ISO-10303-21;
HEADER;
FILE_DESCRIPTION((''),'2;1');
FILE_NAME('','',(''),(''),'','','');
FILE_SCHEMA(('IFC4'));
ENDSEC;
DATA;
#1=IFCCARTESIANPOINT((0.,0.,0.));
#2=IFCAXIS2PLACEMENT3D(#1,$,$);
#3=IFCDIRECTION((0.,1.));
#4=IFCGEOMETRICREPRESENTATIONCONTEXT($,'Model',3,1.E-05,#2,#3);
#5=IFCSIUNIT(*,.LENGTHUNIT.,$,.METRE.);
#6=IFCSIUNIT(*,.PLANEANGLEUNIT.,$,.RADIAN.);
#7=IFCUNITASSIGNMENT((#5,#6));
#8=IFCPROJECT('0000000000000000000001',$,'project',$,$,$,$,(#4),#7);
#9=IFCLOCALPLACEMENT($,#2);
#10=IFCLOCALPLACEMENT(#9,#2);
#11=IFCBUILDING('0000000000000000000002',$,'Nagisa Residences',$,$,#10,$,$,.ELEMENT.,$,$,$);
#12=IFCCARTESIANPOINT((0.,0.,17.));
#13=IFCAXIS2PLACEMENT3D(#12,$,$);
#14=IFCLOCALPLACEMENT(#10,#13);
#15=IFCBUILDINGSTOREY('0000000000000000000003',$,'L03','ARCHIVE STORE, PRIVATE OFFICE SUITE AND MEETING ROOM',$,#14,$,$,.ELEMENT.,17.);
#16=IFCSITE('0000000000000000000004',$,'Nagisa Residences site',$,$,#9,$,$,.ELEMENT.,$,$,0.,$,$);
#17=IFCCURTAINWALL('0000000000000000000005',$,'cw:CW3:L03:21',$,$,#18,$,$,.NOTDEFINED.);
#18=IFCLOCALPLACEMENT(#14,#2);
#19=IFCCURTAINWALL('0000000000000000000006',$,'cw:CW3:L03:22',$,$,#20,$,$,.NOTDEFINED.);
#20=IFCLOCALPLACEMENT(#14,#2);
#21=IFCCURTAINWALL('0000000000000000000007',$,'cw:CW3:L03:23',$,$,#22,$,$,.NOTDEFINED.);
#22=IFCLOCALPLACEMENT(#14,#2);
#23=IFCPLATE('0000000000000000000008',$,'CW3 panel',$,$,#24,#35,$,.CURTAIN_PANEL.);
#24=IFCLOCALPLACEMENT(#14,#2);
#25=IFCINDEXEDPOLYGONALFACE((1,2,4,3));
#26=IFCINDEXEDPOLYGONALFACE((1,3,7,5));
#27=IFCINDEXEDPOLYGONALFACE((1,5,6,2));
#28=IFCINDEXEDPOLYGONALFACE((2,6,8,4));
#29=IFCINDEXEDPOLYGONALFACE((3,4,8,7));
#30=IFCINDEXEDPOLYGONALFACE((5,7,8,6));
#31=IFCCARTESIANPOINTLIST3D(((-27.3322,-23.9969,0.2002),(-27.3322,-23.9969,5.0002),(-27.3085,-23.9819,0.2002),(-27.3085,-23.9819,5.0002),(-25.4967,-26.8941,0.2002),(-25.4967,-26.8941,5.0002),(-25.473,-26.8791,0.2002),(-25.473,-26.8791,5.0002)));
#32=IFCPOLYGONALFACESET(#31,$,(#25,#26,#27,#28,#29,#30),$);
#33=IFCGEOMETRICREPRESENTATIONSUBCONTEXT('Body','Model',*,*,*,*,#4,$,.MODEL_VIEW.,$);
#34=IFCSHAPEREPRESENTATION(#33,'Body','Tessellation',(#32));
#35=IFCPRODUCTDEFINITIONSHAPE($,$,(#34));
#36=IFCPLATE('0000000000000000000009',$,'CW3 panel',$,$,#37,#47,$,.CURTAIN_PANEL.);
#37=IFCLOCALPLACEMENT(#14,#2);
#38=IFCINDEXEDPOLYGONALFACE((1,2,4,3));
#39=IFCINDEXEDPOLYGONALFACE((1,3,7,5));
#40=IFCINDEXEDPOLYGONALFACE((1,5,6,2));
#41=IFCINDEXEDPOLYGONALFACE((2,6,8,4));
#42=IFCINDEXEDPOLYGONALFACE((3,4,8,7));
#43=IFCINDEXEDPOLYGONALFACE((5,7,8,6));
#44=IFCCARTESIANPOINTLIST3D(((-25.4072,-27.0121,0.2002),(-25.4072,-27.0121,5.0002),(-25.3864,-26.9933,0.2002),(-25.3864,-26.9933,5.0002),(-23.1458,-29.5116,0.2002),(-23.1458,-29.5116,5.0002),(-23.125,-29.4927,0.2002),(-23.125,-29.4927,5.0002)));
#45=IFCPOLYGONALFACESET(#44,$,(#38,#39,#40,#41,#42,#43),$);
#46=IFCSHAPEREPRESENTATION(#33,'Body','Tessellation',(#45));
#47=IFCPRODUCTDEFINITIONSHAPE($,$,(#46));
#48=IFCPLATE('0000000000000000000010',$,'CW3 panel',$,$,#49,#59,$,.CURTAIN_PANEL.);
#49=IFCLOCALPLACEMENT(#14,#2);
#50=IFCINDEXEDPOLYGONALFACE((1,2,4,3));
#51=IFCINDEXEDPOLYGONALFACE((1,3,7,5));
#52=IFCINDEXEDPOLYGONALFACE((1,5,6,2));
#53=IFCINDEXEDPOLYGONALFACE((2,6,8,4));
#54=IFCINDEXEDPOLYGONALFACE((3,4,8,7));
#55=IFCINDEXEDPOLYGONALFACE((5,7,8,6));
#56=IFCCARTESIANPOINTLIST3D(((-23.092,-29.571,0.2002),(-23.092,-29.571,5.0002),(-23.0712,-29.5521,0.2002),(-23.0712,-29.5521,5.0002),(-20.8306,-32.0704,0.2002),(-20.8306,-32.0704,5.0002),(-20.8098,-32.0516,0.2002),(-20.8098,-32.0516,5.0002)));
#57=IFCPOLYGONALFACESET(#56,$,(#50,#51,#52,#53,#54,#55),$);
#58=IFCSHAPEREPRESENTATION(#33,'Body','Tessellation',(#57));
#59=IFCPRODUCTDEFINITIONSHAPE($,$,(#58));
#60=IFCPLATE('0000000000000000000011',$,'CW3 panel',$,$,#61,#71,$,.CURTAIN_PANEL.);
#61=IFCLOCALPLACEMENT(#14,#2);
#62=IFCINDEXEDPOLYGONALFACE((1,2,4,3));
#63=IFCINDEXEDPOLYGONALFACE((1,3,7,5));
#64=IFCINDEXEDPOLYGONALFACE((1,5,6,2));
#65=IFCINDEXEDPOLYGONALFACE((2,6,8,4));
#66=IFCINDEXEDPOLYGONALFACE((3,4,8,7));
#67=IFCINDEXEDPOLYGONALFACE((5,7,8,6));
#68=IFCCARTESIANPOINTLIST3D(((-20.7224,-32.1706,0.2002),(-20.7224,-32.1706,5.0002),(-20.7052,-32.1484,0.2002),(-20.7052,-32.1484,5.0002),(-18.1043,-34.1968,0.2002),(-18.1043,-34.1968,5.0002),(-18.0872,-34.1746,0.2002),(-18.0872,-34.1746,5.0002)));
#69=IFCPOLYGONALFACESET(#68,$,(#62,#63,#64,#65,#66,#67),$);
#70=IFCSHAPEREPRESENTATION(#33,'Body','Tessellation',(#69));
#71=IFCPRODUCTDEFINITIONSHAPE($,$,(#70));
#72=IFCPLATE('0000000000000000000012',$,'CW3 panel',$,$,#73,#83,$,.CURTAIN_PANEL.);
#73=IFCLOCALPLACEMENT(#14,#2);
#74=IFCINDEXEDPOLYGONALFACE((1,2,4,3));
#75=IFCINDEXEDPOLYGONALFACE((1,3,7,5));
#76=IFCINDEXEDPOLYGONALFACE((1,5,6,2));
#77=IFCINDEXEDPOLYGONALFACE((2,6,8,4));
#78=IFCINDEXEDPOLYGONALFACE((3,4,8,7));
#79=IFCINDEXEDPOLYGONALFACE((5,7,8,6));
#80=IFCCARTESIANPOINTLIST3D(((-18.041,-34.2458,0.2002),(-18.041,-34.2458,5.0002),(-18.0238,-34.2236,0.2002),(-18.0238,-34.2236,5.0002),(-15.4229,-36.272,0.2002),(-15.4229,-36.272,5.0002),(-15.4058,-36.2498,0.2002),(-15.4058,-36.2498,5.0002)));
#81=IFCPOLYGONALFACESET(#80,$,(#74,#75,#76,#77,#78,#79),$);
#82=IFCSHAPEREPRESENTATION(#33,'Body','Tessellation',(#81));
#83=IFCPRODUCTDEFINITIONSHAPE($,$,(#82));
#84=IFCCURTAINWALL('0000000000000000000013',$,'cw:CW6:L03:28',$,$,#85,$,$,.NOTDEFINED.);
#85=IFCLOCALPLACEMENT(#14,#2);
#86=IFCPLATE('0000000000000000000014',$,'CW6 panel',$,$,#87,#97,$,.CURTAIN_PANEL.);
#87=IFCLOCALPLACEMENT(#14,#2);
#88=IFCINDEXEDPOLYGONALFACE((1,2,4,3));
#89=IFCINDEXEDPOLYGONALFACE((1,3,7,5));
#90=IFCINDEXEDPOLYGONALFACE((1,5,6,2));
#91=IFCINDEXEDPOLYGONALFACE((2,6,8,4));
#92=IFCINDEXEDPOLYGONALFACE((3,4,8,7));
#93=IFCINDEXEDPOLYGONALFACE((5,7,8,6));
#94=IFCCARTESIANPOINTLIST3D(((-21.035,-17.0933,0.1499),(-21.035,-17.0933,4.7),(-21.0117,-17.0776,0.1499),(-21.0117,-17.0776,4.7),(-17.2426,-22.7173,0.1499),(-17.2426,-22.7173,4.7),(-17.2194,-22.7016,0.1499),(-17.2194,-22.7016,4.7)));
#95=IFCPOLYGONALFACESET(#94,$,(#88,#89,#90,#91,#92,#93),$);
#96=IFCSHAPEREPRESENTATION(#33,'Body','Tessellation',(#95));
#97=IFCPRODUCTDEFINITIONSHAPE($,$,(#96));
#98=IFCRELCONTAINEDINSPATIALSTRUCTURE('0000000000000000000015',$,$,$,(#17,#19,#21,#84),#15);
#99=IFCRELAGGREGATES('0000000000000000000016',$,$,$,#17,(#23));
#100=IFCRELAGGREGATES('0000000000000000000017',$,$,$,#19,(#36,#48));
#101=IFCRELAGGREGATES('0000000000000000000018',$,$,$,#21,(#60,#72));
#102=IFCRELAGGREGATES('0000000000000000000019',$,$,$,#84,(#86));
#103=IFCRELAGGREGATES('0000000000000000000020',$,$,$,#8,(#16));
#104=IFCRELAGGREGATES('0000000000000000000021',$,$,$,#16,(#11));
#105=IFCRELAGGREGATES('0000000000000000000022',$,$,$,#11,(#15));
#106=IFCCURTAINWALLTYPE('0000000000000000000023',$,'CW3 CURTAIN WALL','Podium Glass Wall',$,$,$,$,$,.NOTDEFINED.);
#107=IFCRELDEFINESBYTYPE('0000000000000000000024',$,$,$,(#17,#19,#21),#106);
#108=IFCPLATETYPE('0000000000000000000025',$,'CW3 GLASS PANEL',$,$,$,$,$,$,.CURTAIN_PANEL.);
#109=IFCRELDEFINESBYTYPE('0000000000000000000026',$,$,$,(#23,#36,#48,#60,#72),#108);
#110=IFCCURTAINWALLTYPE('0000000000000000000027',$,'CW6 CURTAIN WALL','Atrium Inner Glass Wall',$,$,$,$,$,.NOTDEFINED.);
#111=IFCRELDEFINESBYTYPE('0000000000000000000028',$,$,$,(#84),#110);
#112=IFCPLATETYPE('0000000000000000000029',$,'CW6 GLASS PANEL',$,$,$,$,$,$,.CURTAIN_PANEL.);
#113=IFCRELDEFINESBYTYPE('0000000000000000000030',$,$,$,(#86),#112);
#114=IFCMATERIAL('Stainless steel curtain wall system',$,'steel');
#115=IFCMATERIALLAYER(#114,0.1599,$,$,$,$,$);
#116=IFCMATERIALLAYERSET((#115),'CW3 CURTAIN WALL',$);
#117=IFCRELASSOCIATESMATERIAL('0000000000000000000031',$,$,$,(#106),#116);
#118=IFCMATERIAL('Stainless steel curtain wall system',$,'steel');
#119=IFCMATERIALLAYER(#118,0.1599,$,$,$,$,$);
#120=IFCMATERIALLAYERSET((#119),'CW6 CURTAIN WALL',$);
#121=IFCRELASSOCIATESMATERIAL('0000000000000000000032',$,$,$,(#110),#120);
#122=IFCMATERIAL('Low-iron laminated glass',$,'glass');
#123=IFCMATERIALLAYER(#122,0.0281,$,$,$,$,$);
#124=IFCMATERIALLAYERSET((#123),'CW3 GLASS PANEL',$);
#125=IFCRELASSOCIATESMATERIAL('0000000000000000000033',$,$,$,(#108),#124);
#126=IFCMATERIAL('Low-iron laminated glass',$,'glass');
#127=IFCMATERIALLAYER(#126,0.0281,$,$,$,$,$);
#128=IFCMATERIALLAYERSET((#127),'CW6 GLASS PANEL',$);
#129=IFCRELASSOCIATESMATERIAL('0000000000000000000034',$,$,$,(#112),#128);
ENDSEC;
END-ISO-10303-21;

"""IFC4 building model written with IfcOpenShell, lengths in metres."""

from ifc_helpers import new_model, si_unit, direction, frame, origin, origin_2d, place, context, subcontext, project, spatial, rectangle, extrude, material, layer, layer_set, type_object, element, aggregate, save


model = new_model("IFC4")

# Units and contexts
model_context = context("Model", 3, precision=1e-05, world=origin(), true_north=direction((0.0, 1.0)))
body_context = subcontext(model_context, "Body", "Model", "MODEL_VIEW")
ifc_project = project(units=[si_unit("LENGTHUNIT", "METRE"), si_unit("PLANEANGLEUNIT", "RADIAN")], contexts=[model_context])

# Site, building, storey
site_placement = place(None, origin())
site = spatial("IfcSite", under=ifc_project, at=site_placement, Name="Nagisa Residences site", CompositionType="ELEMENT", RefElevation=0.0)
building_placement = place(site_placement, origin())
building = spatial("IfcBuilding", under=site, at=building_placement, Name="Nagisa Residences", CompositionType="ELEMENT")
storey_placement = place(building_placement, frame((0.0, 0.0, 17.0)))
storey = spatial("IfcBuildingStorey", under=building, at=storey_placement, Name="L03", Description="ARCHIVE STORE, PRIVATE OFFICE SUITE AND MEETING ROOM", CompositionType="ELEMENT", Elevation=17.0)

# Curtain walls
ifc_material_1 = material(Name="Stainless steel curtain wall system", Category="steel")
ifc_layer_1 = layer(ifc_material_1, 0.1599)
ifc_layer_set_1 = layer_set([ifc_layer_1], Name="CW3 CURTAIN WALL")
curtain_wall_type_1 = type_object("IfcCurtainWallType", Name="CW3 CURTAIN WALL", Description="Podium Glass Wall", PredefinedType="NOTDEFINED", material=ifc_layer_set_1)
curtain_wall_1_placement = place(storey_placement, origin())
curtain_wall_1 = element("IfcCurtainWall", 1, at=curtain_wall_1_placement, inside=storey, type_object=curtain_wall_type_1, Name="cw:CW3:L03:21", PredefinedType="NOTDEFINED")
curtain_wall_2_placement = place(storey_placement, origin())
curtain_wall_2 = element("IfcCurtainWall", 2, at=curtain_wall_2_placement, inside=storey, type_object=curtain_wall_type_1, Name="cw:CW3:L03:22", PredefinedType="NOTDEFINED")
curtain_wall_3_placement = place(storey_placement, origin())
curtain_wall_3 = element("IfcCurtainWall", 3, at=curtain_wall_3_placement, inside=storey, type_object=curtain_wall_type_1, Name="cw:CW3:L03:23", PredefinedType="NOTDEFINED")

# Shared definitions
ifc_material_2 = material(Name="Stainless steel curtain wall system", Category="steel")
ifc_layer_2 = layer(ifc_material_2, 0.1599)
ifc_layer_set_2 = layer_set([ifc_layer_2], Name="CW6 CURTAIN WALL")
curtain_wall_type_2 = type_object("IfcCurtainWallType", Name="CW6 CURTAIN WALL", Description="Atrium Inner Glass Wall", PredefinedType="NOTDEFINED", material=ifc_layer_set_2)

# Plates
ifc_material_3 = material(Name="Low-iron laminated glass", Category="glass")
ifc_layer_3 = layer(ifc_material_3, 0.0281)
ifc_layer_set_3 = layer_set([ifc_layer_3], Name="CW3 GLASS PANEL")
plate_type_1 = type_object("IfcPlateType", Name="CW3 GLASS PANEL", PredefinedType="CURTAIN_PANEL", material=ifc_layer_set_3)
plate_1_placement = place(storey_placement, frame((-26.4026, -25.438, 0.2002), z_axis=(0.0, 0.0, 1.0), x_axis=(0.535165, -0.844747, 0.0)))
plate_1 = element("IfcPlate", 4, at=plate_1_placement, type_object=plate_type_1, Name="CW3 panel", PredefinedType="CURTAIN_PANEL", context=body_context, shape_type="SweptSolid", body=[
    extrude(rectangle(XDim=3.4297, YDim=0.0281, at=origin_2d()), origin(), (0.0, 0.0, 1.0), 4.8),
])
aggregate(curtain_wall_1, [plate_1])
plate_2_placement = place(storey_placement, frame((-24.2661, -28.2524, 0.2002), z_axis=(0.0, 0.0, 1.0), x_axis=(0.670913, -0.741536, 0.0)))
plate_2 = element("IfcPlate", 5, at=plate_2_placement, type_object=plate_type_1, Name="CW3 panel", PredefinedType="CURTAIN_PANEL", context=body_context, shape_type="SweptSolid", body=[
    extrude(rectangle(XDim=3.3706, YDim=0.0281, at=origin_2d()), origin(), (0.0, 0.0, 1.0), 4.8),
])
plate_3_placement = place(storey_placement, frame((-21.9509, -30.8113, 0.2002), z_axis=(0.0, 0.0, 1.0), x_axis=(0.670913, -0.741536, 0.0)))
plate_3 = element("IfcPlate", 6, at=plate_3_placement, type_object=plate_type_1, Name="CW3 panel", PredefinedType="CURTAIN_PANEL", context=body_context, shape_type="SweptSolid", body=[
    extrude(rectangle(XDim=3.3706, YDim=0.0281, at=origin_2d()), origin(), (0.0, 0.0, 1.0), 4.8),
])
aggregate(curtain_wall_2, [plate_2, plate_3])
plate_4_placement = place(storey_placement, frame((-19.4048, -33.1726, 0.2002), z_axis=(0.0, 0.0, 1.0), x_axis=(0.790831, -0.612035, 0.0)))
plate_4 = element("IfcPlate", 7, at=plate_4_placement, type_object=plate_type_1, Name="CW3 panel", PredefinedType="CURTAIN_PANEL", context=body_context, shape_type="SweptSolid", body=[
    extrude(rectangle(XDim=3.3105, YDim=0.0281, at=origin_2d()), origin(), (0.0, 0.0, 1.0), 4.8),
])
plate_5_placement = place(storey_placement, frame((-16.7234, -35.2478, 0.2002), z_axis=(0.0, 0.0, 1.0), x_axis=(0.790831, -0.612035, 0.0)))
plate_5 = element("IfcPlate", 8, at=plate_5_placement, type_object=plate_type_1, Name="CW3 panel", PredefinedType="CURTAIN_PANEL", context=body_context, shape_type="SweptSolid", body=[
    extrude(rectangle(XDim=3.3105, YDim=0.0281, at=origin_2d()), origin(), (0.0, 0.0, 1.0), 4.8),
])
aggregate(curtain_wall_3, [plate_4, plate_5])

# Curtain wall, plate
curtain_wall_4_placement = place(storey_placement, origin())
curtain_wall_4 = element("IfcCurtainWall", 9, at=curtain_wall_4_placement, inside=storey, type_object=curtain_wall_type_2, Name="cw:CW6:L03:28", PredefinedType="NOTDEFINED")
ifc_material_4 = material(Name="Low-iron laminated glass", Category="glass")
ifc_layer_4 = layer(ifc_material_4, 0.0281)
ifc_layer_set_4 = layer_set([ifc_layer_4], Name="CW6 GLASS PANEL")
plate_type_2 = type_object("IfcPlateType", Name="CW6 GLASS PANEL", PredefinedType="CURTAIN_PANEL", material=ifc_layer_set_4)
plate_6_placement = place(storey_placement, frame((-19.1272, -19.8975, 0.1499), z_axis=(0.0, 0.0, 1.0), x_axis=(0.559084, -0.829111, 0.0)))
plate_6 = element("IfcPlate", 10, at=plate_6_placement, type_object=plate_type_2, Name="CW6 panel", PredefinedType="CURTAIN_PANEL", context=body_context, shape_type="SweptSolid", body=[
    extrude(rectangle(XDim=6.7832, YDim=0.0281, at=origin_2d()), origin(), (0.0, 0.0, 1.0), 4.55),
])
aggregate(curtain_wall_4, [plate_6])

save(model, "model.ifc")
